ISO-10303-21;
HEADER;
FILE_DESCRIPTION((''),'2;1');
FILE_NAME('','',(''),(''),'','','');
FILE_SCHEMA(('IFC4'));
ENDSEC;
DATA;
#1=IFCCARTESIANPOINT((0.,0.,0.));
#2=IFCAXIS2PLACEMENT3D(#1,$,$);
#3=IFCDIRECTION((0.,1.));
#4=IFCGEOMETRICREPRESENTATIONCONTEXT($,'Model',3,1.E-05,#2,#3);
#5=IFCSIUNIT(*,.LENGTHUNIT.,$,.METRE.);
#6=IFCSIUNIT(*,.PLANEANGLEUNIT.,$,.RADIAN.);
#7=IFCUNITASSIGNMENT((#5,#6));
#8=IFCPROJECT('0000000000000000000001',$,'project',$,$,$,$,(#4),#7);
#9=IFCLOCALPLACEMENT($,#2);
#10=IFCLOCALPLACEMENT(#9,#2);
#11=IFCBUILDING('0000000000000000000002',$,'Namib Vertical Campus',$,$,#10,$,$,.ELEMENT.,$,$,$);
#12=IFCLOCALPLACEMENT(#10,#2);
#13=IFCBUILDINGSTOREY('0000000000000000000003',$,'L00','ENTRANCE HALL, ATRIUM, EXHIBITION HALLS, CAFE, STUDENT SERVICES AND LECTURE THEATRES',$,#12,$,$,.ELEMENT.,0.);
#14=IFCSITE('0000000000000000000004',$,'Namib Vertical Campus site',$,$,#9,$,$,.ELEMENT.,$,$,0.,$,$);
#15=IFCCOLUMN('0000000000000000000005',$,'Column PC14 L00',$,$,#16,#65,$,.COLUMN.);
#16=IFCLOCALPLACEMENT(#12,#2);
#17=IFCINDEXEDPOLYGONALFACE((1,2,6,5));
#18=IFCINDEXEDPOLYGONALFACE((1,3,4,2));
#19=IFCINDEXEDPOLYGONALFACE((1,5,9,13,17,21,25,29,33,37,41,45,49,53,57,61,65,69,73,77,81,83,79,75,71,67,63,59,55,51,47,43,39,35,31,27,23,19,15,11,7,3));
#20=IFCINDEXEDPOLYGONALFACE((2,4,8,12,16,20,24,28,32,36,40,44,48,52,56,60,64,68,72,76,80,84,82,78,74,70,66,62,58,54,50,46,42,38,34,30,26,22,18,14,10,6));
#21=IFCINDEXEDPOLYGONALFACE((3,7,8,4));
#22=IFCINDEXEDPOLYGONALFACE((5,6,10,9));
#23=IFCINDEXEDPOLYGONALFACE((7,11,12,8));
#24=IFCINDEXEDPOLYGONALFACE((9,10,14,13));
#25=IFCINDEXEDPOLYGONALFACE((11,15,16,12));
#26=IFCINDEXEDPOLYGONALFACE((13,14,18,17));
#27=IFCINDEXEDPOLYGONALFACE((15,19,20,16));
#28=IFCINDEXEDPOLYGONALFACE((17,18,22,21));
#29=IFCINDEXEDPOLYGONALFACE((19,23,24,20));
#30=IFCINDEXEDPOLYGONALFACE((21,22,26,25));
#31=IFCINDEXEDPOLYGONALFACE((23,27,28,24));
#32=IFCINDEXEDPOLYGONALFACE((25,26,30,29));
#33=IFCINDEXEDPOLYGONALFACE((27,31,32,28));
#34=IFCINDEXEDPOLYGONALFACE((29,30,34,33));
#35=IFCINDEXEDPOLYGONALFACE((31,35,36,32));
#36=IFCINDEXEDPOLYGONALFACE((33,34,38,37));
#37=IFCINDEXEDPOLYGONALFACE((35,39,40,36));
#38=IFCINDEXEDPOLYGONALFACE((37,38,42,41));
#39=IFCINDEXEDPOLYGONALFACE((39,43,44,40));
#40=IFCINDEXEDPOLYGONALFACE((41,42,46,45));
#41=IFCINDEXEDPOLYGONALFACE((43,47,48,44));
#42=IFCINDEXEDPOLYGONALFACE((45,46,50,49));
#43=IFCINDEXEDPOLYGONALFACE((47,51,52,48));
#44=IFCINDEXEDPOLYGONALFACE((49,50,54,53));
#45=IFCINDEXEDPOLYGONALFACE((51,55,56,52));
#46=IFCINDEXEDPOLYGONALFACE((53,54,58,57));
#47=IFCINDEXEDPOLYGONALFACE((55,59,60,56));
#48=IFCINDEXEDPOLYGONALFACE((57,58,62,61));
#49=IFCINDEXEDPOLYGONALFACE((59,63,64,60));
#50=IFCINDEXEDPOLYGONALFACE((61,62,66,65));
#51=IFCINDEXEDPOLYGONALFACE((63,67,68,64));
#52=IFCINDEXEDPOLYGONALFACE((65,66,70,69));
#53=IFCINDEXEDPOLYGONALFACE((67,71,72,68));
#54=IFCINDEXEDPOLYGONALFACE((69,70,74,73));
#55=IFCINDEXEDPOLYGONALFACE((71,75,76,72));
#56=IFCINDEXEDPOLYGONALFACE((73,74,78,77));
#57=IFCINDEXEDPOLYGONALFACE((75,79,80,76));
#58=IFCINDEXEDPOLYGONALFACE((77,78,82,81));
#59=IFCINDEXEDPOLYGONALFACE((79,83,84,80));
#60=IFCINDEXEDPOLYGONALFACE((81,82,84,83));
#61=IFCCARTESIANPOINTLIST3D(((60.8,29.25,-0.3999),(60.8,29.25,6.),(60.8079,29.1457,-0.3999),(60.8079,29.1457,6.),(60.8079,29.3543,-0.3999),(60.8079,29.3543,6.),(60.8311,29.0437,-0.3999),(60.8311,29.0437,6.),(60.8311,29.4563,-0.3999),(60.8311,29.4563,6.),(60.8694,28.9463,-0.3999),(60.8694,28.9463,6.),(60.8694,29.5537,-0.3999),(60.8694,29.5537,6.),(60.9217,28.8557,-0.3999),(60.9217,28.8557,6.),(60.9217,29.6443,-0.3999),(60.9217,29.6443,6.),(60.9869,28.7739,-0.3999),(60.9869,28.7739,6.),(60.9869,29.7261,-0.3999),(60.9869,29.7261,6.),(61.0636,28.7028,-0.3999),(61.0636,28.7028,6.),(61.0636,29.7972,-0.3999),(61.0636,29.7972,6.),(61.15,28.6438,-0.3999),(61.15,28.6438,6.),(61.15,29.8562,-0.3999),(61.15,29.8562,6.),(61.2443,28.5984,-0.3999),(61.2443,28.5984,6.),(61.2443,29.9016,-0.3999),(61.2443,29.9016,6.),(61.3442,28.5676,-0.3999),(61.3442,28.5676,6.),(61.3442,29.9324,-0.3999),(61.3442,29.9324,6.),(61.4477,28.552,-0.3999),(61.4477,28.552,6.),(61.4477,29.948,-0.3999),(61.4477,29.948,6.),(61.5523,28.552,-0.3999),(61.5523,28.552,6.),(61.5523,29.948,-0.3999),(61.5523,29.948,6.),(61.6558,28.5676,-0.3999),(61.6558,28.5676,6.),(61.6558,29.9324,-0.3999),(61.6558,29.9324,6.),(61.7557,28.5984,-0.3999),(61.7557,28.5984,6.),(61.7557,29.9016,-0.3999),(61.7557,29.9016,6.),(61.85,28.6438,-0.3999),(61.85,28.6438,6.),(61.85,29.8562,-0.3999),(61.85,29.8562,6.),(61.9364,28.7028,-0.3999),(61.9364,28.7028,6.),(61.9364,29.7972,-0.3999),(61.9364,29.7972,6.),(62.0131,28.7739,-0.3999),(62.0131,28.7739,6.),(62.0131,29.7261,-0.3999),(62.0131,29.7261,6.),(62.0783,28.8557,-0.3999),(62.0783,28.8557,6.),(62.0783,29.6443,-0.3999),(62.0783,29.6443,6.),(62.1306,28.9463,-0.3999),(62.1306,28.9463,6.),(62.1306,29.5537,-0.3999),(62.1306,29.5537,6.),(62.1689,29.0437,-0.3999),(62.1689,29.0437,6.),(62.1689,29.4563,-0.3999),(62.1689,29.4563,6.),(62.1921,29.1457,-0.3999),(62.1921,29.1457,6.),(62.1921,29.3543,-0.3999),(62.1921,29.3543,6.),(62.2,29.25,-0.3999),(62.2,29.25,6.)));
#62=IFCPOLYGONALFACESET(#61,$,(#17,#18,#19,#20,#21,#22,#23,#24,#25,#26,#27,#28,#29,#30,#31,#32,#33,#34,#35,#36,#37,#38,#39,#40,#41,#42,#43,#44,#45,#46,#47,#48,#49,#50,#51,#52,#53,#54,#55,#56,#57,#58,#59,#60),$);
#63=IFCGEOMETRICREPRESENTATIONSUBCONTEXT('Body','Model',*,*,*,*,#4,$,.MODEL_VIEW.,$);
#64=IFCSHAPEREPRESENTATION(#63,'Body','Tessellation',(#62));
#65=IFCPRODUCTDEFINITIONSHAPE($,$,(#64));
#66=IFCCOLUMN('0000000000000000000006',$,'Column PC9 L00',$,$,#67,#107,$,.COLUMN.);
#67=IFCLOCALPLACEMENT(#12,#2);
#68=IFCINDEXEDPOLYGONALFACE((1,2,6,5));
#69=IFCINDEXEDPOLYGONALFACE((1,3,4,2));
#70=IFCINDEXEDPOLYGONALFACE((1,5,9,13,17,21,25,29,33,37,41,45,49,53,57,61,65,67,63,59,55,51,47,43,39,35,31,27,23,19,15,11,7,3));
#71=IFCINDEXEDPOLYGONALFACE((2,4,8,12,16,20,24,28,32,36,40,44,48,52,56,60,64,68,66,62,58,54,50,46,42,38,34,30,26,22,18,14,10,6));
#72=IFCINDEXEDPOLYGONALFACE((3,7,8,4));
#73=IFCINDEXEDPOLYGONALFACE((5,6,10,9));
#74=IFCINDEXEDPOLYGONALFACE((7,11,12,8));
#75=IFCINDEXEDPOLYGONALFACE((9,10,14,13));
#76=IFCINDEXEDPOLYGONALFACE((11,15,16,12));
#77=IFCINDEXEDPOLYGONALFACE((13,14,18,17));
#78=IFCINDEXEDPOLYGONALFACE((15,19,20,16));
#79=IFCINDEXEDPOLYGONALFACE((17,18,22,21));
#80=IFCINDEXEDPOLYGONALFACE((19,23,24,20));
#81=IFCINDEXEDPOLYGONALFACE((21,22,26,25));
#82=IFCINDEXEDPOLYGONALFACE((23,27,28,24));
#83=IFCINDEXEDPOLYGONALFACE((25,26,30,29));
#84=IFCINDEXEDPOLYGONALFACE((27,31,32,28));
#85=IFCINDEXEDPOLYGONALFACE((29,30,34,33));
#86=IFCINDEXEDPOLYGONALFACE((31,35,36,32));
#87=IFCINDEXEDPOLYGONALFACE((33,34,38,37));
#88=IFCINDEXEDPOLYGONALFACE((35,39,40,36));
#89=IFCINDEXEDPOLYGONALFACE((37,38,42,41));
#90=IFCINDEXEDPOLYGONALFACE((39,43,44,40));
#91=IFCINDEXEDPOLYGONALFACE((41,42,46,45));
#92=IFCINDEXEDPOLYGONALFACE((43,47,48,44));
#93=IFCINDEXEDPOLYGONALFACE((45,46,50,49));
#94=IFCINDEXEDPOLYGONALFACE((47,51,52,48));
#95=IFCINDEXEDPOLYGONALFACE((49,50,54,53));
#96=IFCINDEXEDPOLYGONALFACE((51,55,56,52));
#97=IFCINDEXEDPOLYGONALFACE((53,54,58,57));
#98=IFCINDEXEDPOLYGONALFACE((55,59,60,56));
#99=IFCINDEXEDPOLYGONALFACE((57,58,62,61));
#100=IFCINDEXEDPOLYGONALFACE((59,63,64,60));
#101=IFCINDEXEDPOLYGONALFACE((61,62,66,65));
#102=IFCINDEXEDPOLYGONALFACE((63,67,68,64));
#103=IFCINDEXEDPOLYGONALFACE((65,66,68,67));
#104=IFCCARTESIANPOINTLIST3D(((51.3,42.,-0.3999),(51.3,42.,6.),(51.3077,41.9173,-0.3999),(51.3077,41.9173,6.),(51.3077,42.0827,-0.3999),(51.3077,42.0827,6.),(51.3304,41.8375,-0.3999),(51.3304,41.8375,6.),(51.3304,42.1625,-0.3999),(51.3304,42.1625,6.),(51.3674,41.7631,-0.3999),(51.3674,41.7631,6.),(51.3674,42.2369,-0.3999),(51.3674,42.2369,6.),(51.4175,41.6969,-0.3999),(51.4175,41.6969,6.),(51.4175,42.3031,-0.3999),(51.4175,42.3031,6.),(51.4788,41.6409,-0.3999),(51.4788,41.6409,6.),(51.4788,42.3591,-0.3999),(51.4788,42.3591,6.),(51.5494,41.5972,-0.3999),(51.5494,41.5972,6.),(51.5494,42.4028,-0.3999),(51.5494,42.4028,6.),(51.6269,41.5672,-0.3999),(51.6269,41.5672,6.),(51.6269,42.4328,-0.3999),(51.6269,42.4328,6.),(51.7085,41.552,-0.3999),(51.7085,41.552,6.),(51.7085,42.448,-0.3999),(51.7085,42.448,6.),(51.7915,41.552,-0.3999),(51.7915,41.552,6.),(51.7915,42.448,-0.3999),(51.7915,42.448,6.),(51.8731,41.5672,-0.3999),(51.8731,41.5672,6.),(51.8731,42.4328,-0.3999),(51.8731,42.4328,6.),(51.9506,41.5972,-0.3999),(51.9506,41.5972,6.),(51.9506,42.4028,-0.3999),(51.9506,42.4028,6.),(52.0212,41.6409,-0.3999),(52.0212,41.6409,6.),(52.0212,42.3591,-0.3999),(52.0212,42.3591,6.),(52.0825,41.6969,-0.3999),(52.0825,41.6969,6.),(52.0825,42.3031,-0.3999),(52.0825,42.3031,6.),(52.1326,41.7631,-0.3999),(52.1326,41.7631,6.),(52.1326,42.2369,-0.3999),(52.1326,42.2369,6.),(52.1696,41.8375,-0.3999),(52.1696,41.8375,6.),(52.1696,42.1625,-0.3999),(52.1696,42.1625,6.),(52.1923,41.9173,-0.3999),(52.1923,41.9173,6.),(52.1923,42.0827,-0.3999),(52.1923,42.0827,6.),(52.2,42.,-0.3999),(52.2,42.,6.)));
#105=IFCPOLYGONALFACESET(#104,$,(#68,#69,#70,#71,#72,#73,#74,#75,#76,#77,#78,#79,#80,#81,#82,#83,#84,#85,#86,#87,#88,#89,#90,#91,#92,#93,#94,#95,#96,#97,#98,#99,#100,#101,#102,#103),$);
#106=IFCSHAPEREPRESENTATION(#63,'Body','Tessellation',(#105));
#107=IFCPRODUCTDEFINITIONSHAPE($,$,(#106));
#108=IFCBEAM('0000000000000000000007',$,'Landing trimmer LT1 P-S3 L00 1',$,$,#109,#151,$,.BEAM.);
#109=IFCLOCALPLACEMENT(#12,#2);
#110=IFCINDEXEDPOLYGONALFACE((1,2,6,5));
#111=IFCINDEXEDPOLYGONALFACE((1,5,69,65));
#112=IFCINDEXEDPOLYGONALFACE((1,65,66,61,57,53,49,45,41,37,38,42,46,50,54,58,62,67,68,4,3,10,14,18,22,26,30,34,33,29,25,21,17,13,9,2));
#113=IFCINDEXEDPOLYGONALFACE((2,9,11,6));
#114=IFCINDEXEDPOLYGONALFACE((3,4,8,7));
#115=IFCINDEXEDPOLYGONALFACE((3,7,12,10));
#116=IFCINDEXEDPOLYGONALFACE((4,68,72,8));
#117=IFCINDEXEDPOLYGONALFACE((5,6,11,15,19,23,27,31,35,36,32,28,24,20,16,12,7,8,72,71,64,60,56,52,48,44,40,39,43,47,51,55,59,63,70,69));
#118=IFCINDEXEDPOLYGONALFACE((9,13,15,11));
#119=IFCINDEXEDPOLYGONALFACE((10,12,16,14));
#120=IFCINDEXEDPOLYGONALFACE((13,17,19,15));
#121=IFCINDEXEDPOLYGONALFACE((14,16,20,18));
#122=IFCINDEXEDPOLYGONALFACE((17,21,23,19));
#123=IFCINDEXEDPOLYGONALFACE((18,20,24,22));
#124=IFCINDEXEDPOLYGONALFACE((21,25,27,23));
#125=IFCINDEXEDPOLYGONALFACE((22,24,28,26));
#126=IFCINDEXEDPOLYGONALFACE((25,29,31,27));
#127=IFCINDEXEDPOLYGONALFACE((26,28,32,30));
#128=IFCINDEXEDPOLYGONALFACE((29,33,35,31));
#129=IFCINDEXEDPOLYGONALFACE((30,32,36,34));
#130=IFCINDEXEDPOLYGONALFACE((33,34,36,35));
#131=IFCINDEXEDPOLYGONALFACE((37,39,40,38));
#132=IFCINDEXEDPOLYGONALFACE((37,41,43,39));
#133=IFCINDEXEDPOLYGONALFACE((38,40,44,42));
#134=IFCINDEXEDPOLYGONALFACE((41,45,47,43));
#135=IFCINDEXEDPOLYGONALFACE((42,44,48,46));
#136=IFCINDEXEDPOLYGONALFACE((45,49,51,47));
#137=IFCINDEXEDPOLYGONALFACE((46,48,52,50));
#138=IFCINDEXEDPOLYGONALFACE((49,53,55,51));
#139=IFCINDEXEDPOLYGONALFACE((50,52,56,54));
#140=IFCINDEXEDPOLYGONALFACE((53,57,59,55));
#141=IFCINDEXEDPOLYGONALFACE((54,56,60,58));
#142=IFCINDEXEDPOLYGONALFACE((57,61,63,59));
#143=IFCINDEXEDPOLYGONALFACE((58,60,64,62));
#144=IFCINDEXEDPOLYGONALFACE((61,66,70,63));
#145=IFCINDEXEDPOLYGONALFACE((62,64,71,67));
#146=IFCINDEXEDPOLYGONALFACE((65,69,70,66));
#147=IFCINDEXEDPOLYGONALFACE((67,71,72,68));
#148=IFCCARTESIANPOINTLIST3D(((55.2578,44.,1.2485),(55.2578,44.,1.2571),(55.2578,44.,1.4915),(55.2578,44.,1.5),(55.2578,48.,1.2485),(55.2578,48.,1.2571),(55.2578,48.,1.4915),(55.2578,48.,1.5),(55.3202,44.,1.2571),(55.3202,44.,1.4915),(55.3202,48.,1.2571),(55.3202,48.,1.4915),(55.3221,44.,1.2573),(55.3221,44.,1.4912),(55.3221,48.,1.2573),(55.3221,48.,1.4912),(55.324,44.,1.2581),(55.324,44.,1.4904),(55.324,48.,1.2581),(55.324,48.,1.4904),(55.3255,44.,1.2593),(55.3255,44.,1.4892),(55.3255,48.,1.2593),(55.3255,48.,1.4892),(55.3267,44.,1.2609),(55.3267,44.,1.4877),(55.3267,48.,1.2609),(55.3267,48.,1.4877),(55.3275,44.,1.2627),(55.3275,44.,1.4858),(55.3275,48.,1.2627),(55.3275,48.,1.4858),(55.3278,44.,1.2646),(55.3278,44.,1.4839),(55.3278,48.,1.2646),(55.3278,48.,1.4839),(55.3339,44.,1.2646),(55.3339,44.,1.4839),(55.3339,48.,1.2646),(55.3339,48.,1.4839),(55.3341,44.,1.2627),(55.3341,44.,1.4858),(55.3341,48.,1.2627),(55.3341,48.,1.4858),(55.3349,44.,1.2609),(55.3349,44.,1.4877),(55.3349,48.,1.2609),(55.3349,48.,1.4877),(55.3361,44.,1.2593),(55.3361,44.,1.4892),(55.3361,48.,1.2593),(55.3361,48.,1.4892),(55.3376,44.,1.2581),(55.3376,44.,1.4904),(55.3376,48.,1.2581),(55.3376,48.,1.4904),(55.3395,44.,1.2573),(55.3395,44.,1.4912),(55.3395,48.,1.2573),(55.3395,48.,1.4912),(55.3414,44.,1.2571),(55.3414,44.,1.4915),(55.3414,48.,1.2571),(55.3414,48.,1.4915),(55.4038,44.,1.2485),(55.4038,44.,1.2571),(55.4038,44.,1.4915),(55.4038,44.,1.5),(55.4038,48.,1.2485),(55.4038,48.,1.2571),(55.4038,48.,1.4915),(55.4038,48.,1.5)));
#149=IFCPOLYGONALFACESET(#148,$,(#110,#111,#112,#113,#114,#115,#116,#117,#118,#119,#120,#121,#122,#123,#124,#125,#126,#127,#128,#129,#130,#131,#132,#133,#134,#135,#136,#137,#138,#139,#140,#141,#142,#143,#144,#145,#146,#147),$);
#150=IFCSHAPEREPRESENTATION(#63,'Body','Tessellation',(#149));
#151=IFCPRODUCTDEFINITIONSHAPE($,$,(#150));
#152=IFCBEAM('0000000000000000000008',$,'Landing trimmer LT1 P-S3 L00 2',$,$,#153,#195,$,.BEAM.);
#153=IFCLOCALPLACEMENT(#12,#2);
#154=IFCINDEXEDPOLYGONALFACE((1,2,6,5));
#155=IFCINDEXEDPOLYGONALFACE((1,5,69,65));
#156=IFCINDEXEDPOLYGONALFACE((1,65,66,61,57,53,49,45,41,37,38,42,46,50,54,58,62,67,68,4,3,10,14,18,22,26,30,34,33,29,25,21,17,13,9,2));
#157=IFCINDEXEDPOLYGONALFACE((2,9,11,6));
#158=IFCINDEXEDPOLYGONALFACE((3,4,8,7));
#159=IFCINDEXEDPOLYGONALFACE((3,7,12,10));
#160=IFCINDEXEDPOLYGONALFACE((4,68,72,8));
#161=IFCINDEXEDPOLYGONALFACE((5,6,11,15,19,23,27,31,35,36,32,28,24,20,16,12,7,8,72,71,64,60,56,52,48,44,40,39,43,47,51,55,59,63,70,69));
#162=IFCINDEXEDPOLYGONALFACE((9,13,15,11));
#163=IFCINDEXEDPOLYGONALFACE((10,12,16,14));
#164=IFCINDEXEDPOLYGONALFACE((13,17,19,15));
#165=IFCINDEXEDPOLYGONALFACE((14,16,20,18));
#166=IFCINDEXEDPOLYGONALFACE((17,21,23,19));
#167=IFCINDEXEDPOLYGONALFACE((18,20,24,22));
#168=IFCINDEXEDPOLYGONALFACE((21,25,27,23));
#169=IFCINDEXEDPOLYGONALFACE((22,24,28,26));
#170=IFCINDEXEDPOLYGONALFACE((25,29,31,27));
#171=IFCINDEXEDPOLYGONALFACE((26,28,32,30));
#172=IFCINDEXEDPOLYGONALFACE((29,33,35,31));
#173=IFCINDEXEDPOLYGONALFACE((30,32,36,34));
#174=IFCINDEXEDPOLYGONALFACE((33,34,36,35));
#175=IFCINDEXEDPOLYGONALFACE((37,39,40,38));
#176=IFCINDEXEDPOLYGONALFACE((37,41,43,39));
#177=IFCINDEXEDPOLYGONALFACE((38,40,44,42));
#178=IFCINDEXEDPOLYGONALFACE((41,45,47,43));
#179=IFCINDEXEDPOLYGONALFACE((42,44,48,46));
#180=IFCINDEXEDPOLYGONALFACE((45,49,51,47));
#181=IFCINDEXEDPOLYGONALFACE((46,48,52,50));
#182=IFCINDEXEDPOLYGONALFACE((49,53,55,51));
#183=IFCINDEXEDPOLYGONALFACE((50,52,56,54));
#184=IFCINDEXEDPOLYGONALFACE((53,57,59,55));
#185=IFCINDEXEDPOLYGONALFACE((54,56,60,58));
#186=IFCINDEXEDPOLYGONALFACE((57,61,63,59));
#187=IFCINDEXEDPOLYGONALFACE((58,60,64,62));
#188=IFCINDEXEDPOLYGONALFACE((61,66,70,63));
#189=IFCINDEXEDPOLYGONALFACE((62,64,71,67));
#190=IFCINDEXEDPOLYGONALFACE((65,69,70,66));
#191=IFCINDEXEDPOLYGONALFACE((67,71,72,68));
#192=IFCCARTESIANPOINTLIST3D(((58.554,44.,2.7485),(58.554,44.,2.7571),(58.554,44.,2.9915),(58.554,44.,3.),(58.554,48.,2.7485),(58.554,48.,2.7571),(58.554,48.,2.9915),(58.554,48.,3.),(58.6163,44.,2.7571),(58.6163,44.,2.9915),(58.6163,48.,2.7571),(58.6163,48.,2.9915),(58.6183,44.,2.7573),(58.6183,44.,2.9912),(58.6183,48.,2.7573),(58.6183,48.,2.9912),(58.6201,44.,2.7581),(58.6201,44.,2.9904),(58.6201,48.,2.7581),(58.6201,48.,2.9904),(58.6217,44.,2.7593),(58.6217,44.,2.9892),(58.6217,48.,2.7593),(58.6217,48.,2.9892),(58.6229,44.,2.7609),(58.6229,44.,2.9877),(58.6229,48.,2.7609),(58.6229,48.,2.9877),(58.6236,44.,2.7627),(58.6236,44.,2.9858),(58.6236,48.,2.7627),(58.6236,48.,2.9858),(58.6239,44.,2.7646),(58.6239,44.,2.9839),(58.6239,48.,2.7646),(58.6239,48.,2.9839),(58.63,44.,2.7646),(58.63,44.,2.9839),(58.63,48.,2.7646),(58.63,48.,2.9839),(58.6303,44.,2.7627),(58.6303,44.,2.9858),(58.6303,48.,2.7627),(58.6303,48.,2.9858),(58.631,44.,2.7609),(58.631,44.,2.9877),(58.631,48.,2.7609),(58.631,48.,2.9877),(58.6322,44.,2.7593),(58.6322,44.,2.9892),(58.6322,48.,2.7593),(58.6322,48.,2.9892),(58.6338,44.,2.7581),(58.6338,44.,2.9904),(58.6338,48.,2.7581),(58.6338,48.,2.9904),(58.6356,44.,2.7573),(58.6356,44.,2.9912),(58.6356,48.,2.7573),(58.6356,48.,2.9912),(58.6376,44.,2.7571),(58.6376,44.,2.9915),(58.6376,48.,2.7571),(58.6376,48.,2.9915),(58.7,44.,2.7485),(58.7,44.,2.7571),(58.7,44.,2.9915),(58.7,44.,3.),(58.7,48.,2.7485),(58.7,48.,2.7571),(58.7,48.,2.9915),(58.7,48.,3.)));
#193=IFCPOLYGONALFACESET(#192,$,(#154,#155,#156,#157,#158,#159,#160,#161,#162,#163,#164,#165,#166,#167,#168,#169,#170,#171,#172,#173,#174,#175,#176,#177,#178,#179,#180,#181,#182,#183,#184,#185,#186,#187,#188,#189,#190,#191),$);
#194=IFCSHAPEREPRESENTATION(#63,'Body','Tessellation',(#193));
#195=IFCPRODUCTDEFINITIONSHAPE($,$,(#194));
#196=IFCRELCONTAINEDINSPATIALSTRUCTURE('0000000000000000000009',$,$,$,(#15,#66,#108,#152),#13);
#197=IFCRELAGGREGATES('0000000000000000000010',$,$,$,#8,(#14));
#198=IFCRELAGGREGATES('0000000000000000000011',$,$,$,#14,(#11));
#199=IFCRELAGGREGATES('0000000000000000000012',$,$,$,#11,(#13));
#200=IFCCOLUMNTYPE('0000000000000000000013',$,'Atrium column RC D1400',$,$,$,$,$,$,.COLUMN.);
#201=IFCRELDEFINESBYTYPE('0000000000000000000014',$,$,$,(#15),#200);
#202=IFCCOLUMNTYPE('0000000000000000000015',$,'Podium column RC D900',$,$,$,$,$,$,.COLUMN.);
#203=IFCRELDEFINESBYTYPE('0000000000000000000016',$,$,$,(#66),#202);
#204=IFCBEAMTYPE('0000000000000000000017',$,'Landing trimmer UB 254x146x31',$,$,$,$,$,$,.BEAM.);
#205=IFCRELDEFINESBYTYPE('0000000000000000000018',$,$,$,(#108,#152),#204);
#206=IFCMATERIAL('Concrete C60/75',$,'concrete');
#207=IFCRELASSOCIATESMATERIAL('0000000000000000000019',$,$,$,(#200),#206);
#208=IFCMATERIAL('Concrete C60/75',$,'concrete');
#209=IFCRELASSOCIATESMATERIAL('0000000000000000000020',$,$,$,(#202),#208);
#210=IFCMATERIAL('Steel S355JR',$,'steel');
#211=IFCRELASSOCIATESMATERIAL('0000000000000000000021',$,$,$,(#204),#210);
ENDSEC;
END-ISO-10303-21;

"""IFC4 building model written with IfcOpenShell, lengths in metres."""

from ifc_helpers import new_model, si_unit, direction, frame, origin, origin_2d, place, context, subcontext, project, spatial, circle, i_section, extrude, material, material_profile, profile_set, type_object, element, save


model = new_model("IFC4")

# Units and contexts
model_context = context("Model", 3, precision=1e-05, world=origin(), true_north=direction((0.0, 1.0)))
body_context = subcontext(model_context, "Body", "Model", "MODEL_VIEW")
ifc_project = project(units=[si_unit("LENGTHUNIT", "METRE"), si_unit("PLANEANGLEUNIT", "RADIAN")], contexts=[model_context])

# Site, building, storey
site_placement = place(None, origin())
site = spatial("IfcSite", under=ifc_project, at=site_placement, Name="Namib Vertical Campus site", CompositionType="ELEMENT", RefElevation=0.0)
building_placement = place(site_placement, origin())
building = spatial("IfcBuilding", under=site, at=building_placement, Name="Namib Vertical Campus", CompositionType="ELEMENT")
storey_placement = place(building_placement, origin())
storey = spatial("IfcBuildingStorey", under=building, at=storey_placement, Name="L00", Description="ENTRANCE HALL, ATRIUM, EXHIBITION HALLS, CAFE, STUDENT SERVICES AND LECTURE THEATRES", CompositionType="ELEMENT", Elevation=0.0)

# Columns
ifc_material_1 = material(Name="Concrete C60/75", Category="concrete")
ifc_material_profile_1 = material_profile(ifc_material_1, circle(Radius=0.7, at=origin_2d()))
ifc_profile_set_1 = profile_set([ifc_material_profile_1], Name="Concrete C60/75")
column_type_1 = type_object("IfcColumnType", Name="Atrium column RC D1400", PredefinedType="COLUMN", material=ifc_profile_set_1)
for number, where, z_axis, x_axis, name in (
    (1, (61.5, 29.25, -0.3999), (0.0, 0.0, 1.0), (1.0, 0.0, 0.0), "Column PC14 L00"),
):
    element("IfcColumn", number, at=place(storey_placement, frame(where, z_axis=z_axis, x_axis=x_axis)), inside=storey, type_object=column_type_1, Name=name, PredefinedType="COLUMN", context=body_context, shape_type="SweptSolid", body=[
        extrude(circle(Radius=0.7, at=origin_2d()), origin(), (0.0, 0.0, 1.0), 6.3999),
    ])
ifc_material_2 = material(Name="Concrete C60/75", Category="concrete")
ifc_material_profile_2 = material_profile(ifc_material_2, circle(Radius=0.45, at=origin_2d()))
ifc_profile_set_2 = profile_set([ifc_material_profile_2], Name="Concrete C60/75")
column_type_2 = type_object("IfcColumnType", Name="Podium column RC D900", PredefinedType="COLUMN", material=ifc_profile_set_2)
column_placement = place(storey_placement, frame((51.75, 42.0, -0.3999), z_axis=(0.0, 0.0, 1.0), x_axis=(1.0, 0.0, 0.0)))
element("IfcColumn", 2, at=column_placement, inside=storey, type_object=column_type_2, Name="Column PC9 L00", PredefinedType="COLUMN", context=body_context, shape_type="SweptSolid", body=[
    extrude(circle(Radius=0.45, at=origin_2d()), origin(), (0.0, 0.0, 1.0), 6.3999),
])

# Beams
ifc_material_3 = material(Name="Steel S355JR", Category="steel")
ifc_material_profile_3 = material_profile(ifc_material_3, i_section(OverallWidth=0.146, OverallDepth=0.2515, WebThickness=0.0061, FlangeThickness=0.0085, FilletRadius=0.0076, at=origin_2d()))
ifc_profile_set_3 = profile_set([ifc_material_profile_3], Name="Steel S355JR")
beam_type = type_object("IfcBeamType", Name="Landing trimmer UB 254x146x31", PredefinedType="BEAM", material=ifc_profile_set_3)
for number, where, z_axis, x_axis, name in (
    (3, (55.3308, 44.0, 1.3743), (0.0, 1.0, 0.0), (-1.0, 0.0, 0.0), "Landing trimmer LT1 P-S3 L00 1"),
    (4, (58.627, 44.0, 2.8743), (0.0, 1.0, 0.0), (-1.0, 0.0, 0.0), "Landing trimmer LT1 P-S3 L00 2"),
):
    element("IfcBeam", number, at=place(storey_placement, frame(where, z_axis=z_axis, x_axis=x_axis)), inside=storey, type_object=beam_type, Name=name, PredefinedType="BEAM", context=body_context, shape_type="SweptSolid", body=[
        extrude(i_section(OverallWidth=0.146, OverallDepth=0.2515, WebThickness=0.0061, FlangeThickness=0.0085, FilletRadius=0.0076, at=origin_2d()), origin(), (0.0, 0.0, 1.0), 4.0),
    ])

save(model, "model.ifc")
